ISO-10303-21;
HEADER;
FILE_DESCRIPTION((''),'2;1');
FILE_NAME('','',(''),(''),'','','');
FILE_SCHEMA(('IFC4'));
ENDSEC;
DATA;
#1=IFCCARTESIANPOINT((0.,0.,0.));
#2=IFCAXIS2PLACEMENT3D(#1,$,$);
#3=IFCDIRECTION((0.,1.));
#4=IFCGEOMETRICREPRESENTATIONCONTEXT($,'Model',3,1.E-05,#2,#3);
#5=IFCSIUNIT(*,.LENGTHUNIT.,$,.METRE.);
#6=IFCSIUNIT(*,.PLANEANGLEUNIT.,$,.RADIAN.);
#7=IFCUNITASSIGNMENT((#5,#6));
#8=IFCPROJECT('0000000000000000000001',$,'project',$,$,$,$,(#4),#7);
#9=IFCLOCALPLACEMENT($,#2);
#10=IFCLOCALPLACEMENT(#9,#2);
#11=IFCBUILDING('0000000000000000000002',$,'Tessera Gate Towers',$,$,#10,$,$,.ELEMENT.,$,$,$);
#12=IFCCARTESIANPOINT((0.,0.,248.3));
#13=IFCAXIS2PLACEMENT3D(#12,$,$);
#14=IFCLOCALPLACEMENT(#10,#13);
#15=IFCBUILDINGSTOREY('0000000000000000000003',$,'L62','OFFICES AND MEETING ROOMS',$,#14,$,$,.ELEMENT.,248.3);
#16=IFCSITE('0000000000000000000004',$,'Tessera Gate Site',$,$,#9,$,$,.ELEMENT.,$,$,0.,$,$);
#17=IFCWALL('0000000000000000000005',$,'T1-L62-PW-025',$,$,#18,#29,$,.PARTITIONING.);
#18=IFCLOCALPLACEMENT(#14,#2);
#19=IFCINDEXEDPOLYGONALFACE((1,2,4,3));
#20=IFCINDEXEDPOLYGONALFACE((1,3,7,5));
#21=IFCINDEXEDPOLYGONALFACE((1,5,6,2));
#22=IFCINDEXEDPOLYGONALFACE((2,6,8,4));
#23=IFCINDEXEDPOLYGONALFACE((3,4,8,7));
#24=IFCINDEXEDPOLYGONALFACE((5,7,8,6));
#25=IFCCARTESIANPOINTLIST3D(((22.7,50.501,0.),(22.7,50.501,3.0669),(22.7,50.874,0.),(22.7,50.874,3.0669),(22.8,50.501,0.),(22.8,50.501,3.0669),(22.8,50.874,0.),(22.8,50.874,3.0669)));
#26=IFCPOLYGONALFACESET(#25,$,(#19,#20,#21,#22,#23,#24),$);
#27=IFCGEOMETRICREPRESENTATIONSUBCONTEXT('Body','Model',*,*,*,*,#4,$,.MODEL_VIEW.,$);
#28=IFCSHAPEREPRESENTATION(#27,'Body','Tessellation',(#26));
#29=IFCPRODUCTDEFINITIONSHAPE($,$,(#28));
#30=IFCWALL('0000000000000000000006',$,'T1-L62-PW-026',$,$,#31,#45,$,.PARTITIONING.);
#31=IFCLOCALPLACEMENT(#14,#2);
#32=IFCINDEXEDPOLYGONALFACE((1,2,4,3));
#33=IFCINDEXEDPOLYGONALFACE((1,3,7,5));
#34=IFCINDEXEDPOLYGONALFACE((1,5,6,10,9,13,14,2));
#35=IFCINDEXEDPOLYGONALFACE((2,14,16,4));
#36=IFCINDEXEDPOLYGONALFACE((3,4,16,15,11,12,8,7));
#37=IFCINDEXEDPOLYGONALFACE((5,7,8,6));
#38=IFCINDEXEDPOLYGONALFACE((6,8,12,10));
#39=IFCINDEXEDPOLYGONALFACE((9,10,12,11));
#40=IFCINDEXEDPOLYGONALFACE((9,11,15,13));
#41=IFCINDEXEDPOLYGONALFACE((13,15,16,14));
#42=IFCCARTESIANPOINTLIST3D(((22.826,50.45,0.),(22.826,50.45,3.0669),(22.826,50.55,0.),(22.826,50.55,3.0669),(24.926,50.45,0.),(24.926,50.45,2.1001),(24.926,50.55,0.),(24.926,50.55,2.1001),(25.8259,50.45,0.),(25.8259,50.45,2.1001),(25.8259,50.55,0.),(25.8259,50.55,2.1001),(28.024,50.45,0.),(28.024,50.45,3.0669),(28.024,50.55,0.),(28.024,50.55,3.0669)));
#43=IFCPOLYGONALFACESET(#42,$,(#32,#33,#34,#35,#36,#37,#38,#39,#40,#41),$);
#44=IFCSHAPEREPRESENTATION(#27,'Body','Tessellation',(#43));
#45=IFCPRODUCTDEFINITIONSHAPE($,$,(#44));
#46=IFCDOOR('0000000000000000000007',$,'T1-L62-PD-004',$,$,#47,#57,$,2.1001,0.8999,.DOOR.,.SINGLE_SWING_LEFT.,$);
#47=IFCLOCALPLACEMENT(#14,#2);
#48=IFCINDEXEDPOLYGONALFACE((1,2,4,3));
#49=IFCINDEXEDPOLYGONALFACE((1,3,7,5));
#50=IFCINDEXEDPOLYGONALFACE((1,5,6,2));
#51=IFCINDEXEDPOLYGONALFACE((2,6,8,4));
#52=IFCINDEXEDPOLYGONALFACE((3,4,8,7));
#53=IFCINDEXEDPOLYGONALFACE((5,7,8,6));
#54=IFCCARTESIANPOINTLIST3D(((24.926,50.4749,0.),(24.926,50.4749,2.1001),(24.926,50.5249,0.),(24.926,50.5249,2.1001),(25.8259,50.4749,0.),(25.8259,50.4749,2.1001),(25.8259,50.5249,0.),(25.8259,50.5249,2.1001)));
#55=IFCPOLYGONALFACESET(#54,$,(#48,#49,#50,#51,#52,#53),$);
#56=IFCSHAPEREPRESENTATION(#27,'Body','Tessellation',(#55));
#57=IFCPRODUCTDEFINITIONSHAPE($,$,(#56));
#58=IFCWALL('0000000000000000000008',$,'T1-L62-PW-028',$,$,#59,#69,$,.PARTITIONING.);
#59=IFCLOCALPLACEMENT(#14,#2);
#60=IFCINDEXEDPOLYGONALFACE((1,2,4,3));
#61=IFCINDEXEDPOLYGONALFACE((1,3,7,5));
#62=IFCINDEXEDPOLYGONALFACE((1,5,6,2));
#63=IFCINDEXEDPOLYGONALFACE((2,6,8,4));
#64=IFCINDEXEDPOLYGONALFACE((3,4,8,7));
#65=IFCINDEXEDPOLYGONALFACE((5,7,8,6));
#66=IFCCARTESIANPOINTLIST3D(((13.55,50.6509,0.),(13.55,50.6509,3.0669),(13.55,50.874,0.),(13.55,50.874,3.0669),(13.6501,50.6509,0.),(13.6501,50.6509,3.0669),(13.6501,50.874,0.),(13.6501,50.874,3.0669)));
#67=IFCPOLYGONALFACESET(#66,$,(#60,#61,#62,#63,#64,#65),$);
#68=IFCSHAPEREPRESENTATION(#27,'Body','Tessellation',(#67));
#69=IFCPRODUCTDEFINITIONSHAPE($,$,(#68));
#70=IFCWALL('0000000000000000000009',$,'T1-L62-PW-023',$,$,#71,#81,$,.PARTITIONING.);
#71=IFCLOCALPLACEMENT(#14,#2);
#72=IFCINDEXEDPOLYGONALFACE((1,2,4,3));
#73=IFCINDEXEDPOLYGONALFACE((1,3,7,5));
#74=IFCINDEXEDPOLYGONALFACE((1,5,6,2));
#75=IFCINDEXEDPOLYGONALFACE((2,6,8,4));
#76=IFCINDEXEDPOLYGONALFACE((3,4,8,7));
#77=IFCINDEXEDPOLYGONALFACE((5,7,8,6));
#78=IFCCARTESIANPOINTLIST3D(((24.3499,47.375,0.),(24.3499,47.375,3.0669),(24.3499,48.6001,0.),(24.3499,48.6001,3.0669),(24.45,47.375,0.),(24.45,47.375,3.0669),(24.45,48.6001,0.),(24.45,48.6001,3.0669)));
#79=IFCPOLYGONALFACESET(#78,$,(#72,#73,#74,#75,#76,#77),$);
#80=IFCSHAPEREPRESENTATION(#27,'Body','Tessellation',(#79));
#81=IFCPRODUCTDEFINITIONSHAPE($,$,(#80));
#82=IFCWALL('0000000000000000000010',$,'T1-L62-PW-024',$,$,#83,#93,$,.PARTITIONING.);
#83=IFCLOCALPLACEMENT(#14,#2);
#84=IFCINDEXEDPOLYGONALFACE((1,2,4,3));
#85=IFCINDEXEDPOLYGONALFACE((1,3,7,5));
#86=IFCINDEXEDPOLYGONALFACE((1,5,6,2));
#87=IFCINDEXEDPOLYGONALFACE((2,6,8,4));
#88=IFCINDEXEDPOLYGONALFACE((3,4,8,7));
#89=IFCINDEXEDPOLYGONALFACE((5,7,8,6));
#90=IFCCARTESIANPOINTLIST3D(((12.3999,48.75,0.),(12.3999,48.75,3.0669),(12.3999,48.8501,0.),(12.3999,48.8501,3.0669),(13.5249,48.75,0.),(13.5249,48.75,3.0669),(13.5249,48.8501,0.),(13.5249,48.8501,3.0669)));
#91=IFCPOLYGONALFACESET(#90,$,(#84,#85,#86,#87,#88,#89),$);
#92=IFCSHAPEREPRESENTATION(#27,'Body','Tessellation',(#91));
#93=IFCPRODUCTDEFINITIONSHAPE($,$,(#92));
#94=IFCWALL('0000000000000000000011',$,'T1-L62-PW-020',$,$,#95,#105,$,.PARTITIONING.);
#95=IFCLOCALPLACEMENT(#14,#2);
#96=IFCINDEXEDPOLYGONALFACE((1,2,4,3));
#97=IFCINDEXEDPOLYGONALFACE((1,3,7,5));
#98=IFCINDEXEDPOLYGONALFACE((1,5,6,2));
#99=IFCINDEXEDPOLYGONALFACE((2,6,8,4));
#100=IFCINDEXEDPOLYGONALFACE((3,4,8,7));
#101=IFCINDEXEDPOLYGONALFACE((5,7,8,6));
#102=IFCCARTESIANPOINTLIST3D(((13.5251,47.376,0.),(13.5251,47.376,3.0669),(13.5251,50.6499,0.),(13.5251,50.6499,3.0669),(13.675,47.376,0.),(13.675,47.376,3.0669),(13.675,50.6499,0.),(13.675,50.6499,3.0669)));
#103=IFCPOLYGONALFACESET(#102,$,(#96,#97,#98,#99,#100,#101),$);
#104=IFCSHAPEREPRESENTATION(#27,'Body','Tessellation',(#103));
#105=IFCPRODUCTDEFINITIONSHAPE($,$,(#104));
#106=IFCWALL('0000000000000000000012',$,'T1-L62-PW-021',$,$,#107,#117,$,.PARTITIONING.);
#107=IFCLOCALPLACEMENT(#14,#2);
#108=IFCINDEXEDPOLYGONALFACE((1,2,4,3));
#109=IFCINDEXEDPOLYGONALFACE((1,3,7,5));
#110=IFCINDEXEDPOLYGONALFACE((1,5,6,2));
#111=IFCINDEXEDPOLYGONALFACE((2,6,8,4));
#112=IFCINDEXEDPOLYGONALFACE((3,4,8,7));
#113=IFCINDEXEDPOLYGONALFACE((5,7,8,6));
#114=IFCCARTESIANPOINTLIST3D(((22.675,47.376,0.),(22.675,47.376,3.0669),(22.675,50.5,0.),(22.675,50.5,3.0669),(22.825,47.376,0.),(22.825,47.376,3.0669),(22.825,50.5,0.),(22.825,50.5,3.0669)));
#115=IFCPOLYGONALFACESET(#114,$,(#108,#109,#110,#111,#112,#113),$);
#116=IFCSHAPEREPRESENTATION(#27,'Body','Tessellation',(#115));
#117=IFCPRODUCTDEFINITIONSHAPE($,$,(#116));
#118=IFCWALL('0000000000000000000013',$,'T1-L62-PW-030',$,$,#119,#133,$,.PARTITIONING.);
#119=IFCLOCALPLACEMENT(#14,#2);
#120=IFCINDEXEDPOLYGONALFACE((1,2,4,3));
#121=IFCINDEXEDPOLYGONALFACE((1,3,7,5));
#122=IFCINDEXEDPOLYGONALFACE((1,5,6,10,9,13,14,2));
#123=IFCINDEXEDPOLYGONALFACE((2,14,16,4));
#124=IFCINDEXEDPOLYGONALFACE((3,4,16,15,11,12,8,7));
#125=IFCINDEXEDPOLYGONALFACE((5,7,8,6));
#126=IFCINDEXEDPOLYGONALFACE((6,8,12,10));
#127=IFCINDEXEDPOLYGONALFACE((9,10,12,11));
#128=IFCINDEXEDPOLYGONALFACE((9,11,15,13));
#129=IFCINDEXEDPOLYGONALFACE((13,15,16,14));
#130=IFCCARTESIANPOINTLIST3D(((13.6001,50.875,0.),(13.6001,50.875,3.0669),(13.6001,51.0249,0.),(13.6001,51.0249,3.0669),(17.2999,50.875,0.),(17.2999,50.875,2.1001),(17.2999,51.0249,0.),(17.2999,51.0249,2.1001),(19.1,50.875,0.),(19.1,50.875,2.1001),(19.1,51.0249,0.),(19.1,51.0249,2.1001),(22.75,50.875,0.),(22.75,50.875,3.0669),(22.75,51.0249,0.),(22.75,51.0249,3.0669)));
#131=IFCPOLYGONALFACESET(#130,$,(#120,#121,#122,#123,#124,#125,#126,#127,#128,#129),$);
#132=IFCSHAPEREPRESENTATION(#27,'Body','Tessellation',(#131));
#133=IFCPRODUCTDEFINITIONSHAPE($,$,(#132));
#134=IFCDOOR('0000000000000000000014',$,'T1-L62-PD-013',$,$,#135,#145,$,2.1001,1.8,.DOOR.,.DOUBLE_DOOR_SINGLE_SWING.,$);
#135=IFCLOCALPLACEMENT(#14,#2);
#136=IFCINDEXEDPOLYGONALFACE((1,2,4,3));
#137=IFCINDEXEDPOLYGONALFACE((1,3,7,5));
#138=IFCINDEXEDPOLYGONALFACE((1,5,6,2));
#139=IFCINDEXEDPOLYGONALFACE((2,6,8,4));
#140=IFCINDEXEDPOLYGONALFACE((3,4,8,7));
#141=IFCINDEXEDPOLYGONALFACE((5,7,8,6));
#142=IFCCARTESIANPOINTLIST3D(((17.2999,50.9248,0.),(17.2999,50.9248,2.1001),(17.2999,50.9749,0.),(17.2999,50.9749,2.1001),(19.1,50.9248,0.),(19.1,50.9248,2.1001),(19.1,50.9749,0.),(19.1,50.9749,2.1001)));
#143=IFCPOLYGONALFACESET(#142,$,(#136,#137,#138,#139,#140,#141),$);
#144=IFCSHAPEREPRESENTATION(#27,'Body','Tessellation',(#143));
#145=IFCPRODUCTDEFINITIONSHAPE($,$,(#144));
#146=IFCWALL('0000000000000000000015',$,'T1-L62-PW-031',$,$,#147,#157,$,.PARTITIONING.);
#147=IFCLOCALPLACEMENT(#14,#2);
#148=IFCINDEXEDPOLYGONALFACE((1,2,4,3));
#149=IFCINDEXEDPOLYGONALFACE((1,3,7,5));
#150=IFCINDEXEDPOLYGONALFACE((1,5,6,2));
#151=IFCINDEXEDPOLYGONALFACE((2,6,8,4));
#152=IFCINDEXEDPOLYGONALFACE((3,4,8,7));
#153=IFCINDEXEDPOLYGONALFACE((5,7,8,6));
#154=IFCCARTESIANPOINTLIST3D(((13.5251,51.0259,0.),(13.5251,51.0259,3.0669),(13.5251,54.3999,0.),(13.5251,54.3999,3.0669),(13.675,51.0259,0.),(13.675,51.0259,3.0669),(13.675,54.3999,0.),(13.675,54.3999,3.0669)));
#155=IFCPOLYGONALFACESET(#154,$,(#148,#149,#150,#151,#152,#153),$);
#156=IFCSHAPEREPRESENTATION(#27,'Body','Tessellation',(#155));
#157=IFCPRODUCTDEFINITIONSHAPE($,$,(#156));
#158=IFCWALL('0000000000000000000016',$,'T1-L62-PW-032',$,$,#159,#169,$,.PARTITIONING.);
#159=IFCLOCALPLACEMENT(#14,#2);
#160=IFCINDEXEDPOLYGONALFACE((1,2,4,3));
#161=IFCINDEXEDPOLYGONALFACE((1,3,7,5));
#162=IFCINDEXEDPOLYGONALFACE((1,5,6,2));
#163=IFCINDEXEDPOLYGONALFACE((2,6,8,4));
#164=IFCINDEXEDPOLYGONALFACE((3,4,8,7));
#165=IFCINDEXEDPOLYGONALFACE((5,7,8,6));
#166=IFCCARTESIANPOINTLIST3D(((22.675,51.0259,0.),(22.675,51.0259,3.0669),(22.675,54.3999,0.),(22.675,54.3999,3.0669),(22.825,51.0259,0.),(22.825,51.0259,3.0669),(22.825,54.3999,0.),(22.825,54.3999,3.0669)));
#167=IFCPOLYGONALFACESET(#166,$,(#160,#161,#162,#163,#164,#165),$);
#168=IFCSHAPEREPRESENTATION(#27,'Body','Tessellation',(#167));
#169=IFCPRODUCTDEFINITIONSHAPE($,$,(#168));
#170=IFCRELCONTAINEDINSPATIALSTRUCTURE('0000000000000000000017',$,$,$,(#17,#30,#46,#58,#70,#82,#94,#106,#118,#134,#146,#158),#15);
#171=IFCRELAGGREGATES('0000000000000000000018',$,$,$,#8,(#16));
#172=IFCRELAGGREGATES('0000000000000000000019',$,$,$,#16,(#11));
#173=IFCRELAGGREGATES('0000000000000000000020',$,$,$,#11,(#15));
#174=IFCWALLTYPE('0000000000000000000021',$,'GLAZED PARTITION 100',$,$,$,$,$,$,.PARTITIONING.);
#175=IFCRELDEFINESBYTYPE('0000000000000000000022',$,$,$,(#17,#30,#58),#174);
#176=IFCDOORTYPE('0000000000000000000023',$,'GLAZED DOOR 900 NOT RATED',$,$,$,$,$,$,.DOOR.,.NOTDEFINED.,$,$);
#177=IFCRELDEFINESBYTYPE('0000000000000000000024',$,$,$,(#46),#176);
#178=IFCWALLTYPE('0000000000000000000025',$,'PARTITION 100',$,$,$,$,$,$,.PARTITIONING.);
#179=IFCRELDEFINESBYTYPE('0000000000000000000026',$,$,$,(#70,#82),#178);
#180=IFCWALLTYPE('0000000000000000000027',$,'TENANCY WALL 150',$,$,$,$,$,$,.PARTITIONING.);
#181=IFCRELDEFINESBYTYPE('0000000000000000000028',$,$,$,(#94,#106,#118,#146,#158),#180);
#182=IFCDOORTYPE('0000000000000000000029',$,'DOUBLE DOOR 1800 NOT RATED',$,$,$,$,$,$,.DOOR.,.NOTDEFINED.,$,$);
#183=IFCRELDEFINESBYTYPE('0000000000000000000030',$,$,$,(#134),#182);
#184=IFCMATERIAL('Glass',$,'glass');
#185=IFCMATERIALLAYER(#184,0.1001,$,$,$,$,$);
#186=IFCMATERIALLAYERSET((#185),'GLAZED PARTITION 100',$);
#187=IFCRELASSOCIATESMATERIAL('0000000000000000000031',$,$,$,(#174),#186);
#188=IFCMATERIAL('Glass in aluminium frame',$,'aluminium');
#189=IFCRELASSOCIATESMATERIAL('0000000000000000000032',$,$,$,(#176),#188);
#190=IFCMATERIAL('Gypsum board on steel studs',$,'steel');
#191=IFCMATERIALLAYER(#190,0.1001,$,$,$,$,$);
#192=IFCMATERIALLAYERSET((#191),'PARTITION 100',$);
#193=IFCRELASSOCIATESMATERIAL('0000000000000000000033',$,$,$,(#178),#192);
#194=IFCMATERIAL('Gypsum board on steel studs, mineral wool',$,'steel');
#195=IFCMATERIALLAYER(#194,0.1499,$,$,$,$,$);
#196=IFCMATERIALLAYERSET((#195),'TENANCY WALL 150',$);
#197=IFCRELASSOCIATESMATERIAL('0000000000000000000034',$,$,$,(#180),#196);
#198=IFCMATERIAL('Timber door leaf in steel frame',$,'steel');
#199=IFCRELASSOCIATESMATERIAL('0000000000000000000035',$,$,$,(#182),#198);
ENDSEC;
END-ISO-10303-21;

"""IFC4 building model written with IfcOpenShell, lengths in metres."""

from ifc_helpers import new_model, si_unit, direction, frame, frame_2d, origin, place, context, subcontext, project, spatial, rectangle, extrude, source, transform, mapped, material, layer, layer_set, type_object, element, fill, save


model = new_model("IFC4")

# Units and contexts
model_context = context("Model", 3, precision=1e-05, world=origin(), true_north=direction((0.0, 1.0)))
body_context = subcontext(model_context, "Body", "Model", "MODEL_VIEW")
ifc_project = project(units=[si_unit("LENGTHUNIT", "METRE"), si_unit("PLANEANGLEUNIT", "RADIAN")], contexts=[model_context])

# Site, building, storey
site_placement = place(None, origin())
site = spatial("IfcSite", under=ifc_project, at=site_placement, Name="Tessera Gate Site", CompositionType="ELEMENT", RefElevation=0.0)
building_placement = place(site_placement, origin())
building = spatial("IfcBuilding", under=site, at=building_placement, Name="Tessera Gate Towers", CompositionType="ELEMENT")
storey_placement = place(building_placement, frame((0.0, 0.0, 248.3)))
storey = spatial("IfcBuildingStorey", under=building, at=storey_placement, Name="L62", Description="OFFICES AND MEETING ROOMS", CompositionType="ELEMENT", Elevation=248.3)

# Shared definitions
shared_shape_1 = source(origin(), body_context, "Body", "SweptSolid", [
    extrude(rectangle(XDim=0.8999, YDim=2.1001, at=frame_2d((0.45, 1.05))), frame((0.0, 0.0249, 0.0), z_axis=(0.0, -1.0, 0.0), x_axis=(1.0, 0.0, 0.0)), (0.0, 0.0, 1.0), 0.05),
])

# Wall
ifc_material_1 = material(Name="Glass", Category="glass")
ifc_layer_1 = layer(ifc_material_1, 0.1001)
ifc_layer_set_1 = layer_set([ifc_layer_1], Name="GLAZED PARTITION 100")
wall_type_1 = type_object("IfcWallType", Name="GLAZED PARTITION 100", PredefinedType="PARTITIONING", material=ifc_layer_set_1)
wall_1_placement = place(storey_placement, frame((22.75, 50.501, 0.0), z_axis=(0.0, 0.0, 1.0), x_axis=(0.0, 1.0, 0.0)))
element("IfcWall", 1, at=wall_1_placement, inside=storey, type_object=wall_type_1, Name="T1-L62-PW-025", PredefinedType="PARTITIONING", context=body_context, shape_type="SweptSolid", body=[
    extrude(rectangle(XDim=0.373, YDim=0.1001, at=frame_2d((0.1865, 0.0))), origin(), (0.0, 0.0, 1.0), 3.0669),
])

# Wall, opening, door
wall_2_placement = place(storey_placement, frame((22.8259, 50.5, 0.0), z_axis=(0.0, 0.0, 1.0), x_axis=(1.0, 0.0, 0.0)))
wall_2 = element("IfcWall", 2, at=wall_2_placement, inside=storey, type_object=wall_type_1, Name="T1-L62-PW-026", PredefinedType="PARTITIONING", context=body_context, shape_type="SweptSolid", body=[
    extrude(rectangle(XDim=5.198, YDim=0.1001, at=frame_2d((2.5991, 0.0))), origin(), (0.0, 0.0, 1.0), 3.0669),
])
shared_shape_2 = source(origin(), body_context, "Body", "SweptSolid", [
    extrude(rectangle(XDim=0.8999, YDim=2.1001, at=frame_2d((0.45, 1.05))), frame((0.0, 0.0601, 0.0), z_axis=(0.0, -1.0, 0.0), x_axis=(1.0, 0.0, 0.0)), (0.0, 0.0, 1.0), 0.1201),
])
opening_1_placement = place(wall_2_placement, frame((2.1001, 0.0, 0.0)))
opening_1 = element("IfcOpeningElement", 3, at=opening_1_placement, cuts=wall_2, PredefinedType="OPENING", context=body_context, shape_type="MappedRepresentation", body=[
    mapped(shared_shape_2, transform((0.0, 0.0, 0.0), scale=1.0)),
])
ifc_material_2 = material(Name="Glass in aluminium frame", Category="aluminium")
door_type_1 = type_object("IfcDoorType", Name="GLAZED DOOR 900 NOT RATED", OperationType="NOTDEFINED", PredefinedType="DOOR", material=ifc_material_2)
door_1_placement = place(opening_1_placement, origin())
door_1 = element("IfcDoor", 4, at=door_1_placement, inside=storey, type_object=door_type_1, Name="T1-L62-PD-004", OperationType="SINGLE_SWING_LEFT", OverallHeight=2.1001, OverallWidth=0.8999, PredefinedType="DOOR", context=body_context, shape_type="MappedRepresentation", body=[
    mapped(shared_shape_1, transform((0.0, 0.0, 0.0), scale=1.0)),
])
fill(opening_1, door_1)

# Walls
wall_3_placement = place(storey_placement, frame((13.6001, 50.6509, 0.0), z_axis=(0.0, 0.0, 1.0), x_axis=(0.0, 1.0, 0.0)))
element("IfcWall", 5, at=wall_3_placement, inside=storey, type_object=wall_type_1, Name="T1-L62-PW-028", PredefinedType="PARTITIONING", context=body_context, shape_type="SweptSolid", body=[
    extrude(rectangle(XDim=0.2231, YDim=0.1001, at=frame_2d((0.1116, 0.0))), origin(), (0.0, 0.0, 1.0), 3.0669),
])
ifc_material_3 = material(Name="Gypsum board on steel studs", Category="steel")
ifc_layer_2 = layer(ifc_material_3, 0.1001)
ifc_layer_set_2 = layer_set([ifc_layer_2], Name="PARTITION 100")
wall_type_2 = type_object("IfcWallType", Name="PARTITION 100", PredefinedType="PARTITIONING", material=ifc_layer_set_2)
wall_4_placement = place(storey_placement, frame((24.3999, 48.6001, 0.0), z_axis=(0.0, 0.0, 1.0), x_axis=(0.0, -1.0, 0.0)))
element("IfcWall", 6, at=wall_4_placement, inside=storey, type_object=wall_type_2, Name="T1-L62-PW-023", PredefinedType="PARTITIONING", context=body_context, shape_type="SweptSolid", body=[
    extrude(rectangle(XDim=1.2251, YDim=0.1001, at=frame_2d((0.6125, 0.0))), origin(), (0.0, 0.0, 1.0), 3.0669),
])
wall_5_placement = place(storey_placement, frame((12.3999, 48.8, 0.0), z_axis=(0.0, 0.0, 1.0), x_axis=(1.0, 0.0, 0.0)))
element("IfcWall", 7, at=wall_5_placement, inside=storey, type_object=wall_type_2, Name="T1-L62-PW-024", PredefinedType="PARTITIONING", context=body_context, shape_type="SweptSolid", body=[
    extrude(rectangle(XDim=1.125, YDim=0.1001, at=frame_2d((0.5625, 0.0))), origin(), (0.0, 0.0, 1.0), 3.0669),
])
ifc_material_4 = material(Name="Gypsum board on steel studs, mineral wool", Category="steel")
ifc_layer_3 = layer(ifc_material_4, 0.1499)
ifc_layer_set_3 = layer_set([ifc_layer_3], Name="TENANCY WALL 150")
wall_type_3 = type_object("IfcWallType", Name="TENANCY WALL 150", PredefinedType="PARTITIONING", material=ifc_layer_set_3)
wall_6_placement = place(storey_placement, frame((13.6001, 47.376, 0.0), z_axis=(0.0, 0.0, 1.0), x_axis=(0.0, 1.0, 0.0)))
element("IfcWall", 8, at=wall_6_placement, inside=storey, type_object=wall_type_3, Name="T1-L62-PW-020", PredefinedType="PARTITIONING", context=body_context, shape_type="SweptSolid", body=[
    extrude(rectangle(XDim=3.2739, YDim=0.1499, at=frame_2d((1.637, 0.0))), origin(), (0.0, 0.0, 1.0), 3.0669),
])
wall_7_placement = place(storey_placement, frame((22.75, 47.376, 0.0), z_axis=(0.0, 0.0, 1.0), x_axis=(0.0, 1.0, 0.0)))
element("IfcWall", 9, at=wall_7_placement, inside=storey, type_object=wall_type_3, Name="T1-L62-PW-021", PredefinedType="PARTITIONING", context=body_context, shape_type="SweptSolid", body=[
    extrude(rectangle(XDim=3.124, YDim=0.1499, at=frame_2d((1.562, 0.0))), origin(), (0.0, 0.0, 1.0), 3.0669),
])

# Wall, opening, door
wall_8_placement = place(storey_placement, frame((13.6001, 50.95, 0.0), z_axis=(0.0, 0.0, 1.0), x_axis=(1.0, 0.0, 0.0)))
wall_8 = element("IfcWall", 10, at=wall_8_placement, inside=storey, type_object=wall_type_3, Name="T1-L62-PW-030", PredefinedType="PARTITIONING", context=body_context, shape_type="SweptSolid", body=[
    extrude(rectangle(XDim=9.1499, YDim=0.1499, at=frame_2d((4.575, 0.0))), origin(), (0.0, 0.0, 1.0), 3.0669),
])
shared_shape_3 = source(origin(), body_context, "Body", "SweptSolid", [
    extrude(rectangle(XDim=1.8, YDim=2.1001, at=frame_2d((0.8999, 1.05))), frame((0.0, 0.085, 0.0), z_axis=(0.0, -1.0, 0.0), x_axis=(1.0, 0.0, 0.0)), (0.0, 0.0, 1.0), 0.1699),
])
opening_2_placement = place(wall_8_placement, frame((3.7, 0.0, 0.0)))
opening_2 = element("IfcOpeningElement", 11, at=opening_2_placement, cuts=wall_8, PredefinedType="OPENING", context=body_context, shape_type="MappedRepresentation", body=[
    mapped(shared_shape_3, transform((0.0, 0.0, 0.0), scale=1.0)),
])
ifc_material_5 = material(Name="Timber door leaf in steel frame", Category="steel")
door_type_2 = type_object("IfcDoorType", Name="DOUBLE DOOR 1800 NOT RATED", OperationType="NOTDEFINED", PredefinedType="DOOR", material=ifc_material_5)
shared_shape_4 = source(origin(), body_context, "Body", "SweptSolid", [
    extrude(rectangle(XDim=1.8, YDim=2.1001, at=frame_2d((0.8999, 1.05))), frame((0.0, 0.0249, 0.0), z_axis=(0.0, -1.0, 0.0), x_axis=(1.0, 0.0, 0.0)), (0.0, 0.0, 1.0), 0.05),
])
door_2_placement = place(opening_2_placement, origin())
door_2 = element("IfcDoor", 12, at=door_2_placement, inside=storey, type_object=door_type_2, Name="T1-L62-PD-013", OperationType="DOUBLE_DOOR_SINGLE_SWING", OverallHeight=2.1001, OverallWidth=1.8, PredefinedType="DOOR", context=body_context, shape_type="MappedRepresentation", body=[
    mapped(shared_shape_4, transform((0.0, 0.0, 0.0), scale=1.0)),
])
fill(opening_2, door_2)

# Walls
for number, where, z_axis, x_axis, name in (
    (13, (13.6001, 51.0259, 0.0), (0.0, 0.0, 1.0), (0.0, 1.0, 0.0), "T1-L62-PW-031"),
    (14, (22.75, 51.0259, 0.0), (0.0, 0.0, 1.0), (0.0, 1.0, 0.0), "T1-L62-PW-032"),
):
    element("IfcWall", number, at=place(storey_placement, frame(where, z_axis=z_axis, x_axis=x_axis)), inside=storey, type_object=wall_type_3, Name=name, PredefinedType="PARTITIONING", context=body_context, shape_type="SweptSolid", body=[
        extrude(rectangle(XDim=3.374, YDim=0.1499, at=frame_2d((1.687, 0.0))), origin(), (0.0, 0.0, 1.0), 3.0669),
    ])

save(model, "model.ifc")
